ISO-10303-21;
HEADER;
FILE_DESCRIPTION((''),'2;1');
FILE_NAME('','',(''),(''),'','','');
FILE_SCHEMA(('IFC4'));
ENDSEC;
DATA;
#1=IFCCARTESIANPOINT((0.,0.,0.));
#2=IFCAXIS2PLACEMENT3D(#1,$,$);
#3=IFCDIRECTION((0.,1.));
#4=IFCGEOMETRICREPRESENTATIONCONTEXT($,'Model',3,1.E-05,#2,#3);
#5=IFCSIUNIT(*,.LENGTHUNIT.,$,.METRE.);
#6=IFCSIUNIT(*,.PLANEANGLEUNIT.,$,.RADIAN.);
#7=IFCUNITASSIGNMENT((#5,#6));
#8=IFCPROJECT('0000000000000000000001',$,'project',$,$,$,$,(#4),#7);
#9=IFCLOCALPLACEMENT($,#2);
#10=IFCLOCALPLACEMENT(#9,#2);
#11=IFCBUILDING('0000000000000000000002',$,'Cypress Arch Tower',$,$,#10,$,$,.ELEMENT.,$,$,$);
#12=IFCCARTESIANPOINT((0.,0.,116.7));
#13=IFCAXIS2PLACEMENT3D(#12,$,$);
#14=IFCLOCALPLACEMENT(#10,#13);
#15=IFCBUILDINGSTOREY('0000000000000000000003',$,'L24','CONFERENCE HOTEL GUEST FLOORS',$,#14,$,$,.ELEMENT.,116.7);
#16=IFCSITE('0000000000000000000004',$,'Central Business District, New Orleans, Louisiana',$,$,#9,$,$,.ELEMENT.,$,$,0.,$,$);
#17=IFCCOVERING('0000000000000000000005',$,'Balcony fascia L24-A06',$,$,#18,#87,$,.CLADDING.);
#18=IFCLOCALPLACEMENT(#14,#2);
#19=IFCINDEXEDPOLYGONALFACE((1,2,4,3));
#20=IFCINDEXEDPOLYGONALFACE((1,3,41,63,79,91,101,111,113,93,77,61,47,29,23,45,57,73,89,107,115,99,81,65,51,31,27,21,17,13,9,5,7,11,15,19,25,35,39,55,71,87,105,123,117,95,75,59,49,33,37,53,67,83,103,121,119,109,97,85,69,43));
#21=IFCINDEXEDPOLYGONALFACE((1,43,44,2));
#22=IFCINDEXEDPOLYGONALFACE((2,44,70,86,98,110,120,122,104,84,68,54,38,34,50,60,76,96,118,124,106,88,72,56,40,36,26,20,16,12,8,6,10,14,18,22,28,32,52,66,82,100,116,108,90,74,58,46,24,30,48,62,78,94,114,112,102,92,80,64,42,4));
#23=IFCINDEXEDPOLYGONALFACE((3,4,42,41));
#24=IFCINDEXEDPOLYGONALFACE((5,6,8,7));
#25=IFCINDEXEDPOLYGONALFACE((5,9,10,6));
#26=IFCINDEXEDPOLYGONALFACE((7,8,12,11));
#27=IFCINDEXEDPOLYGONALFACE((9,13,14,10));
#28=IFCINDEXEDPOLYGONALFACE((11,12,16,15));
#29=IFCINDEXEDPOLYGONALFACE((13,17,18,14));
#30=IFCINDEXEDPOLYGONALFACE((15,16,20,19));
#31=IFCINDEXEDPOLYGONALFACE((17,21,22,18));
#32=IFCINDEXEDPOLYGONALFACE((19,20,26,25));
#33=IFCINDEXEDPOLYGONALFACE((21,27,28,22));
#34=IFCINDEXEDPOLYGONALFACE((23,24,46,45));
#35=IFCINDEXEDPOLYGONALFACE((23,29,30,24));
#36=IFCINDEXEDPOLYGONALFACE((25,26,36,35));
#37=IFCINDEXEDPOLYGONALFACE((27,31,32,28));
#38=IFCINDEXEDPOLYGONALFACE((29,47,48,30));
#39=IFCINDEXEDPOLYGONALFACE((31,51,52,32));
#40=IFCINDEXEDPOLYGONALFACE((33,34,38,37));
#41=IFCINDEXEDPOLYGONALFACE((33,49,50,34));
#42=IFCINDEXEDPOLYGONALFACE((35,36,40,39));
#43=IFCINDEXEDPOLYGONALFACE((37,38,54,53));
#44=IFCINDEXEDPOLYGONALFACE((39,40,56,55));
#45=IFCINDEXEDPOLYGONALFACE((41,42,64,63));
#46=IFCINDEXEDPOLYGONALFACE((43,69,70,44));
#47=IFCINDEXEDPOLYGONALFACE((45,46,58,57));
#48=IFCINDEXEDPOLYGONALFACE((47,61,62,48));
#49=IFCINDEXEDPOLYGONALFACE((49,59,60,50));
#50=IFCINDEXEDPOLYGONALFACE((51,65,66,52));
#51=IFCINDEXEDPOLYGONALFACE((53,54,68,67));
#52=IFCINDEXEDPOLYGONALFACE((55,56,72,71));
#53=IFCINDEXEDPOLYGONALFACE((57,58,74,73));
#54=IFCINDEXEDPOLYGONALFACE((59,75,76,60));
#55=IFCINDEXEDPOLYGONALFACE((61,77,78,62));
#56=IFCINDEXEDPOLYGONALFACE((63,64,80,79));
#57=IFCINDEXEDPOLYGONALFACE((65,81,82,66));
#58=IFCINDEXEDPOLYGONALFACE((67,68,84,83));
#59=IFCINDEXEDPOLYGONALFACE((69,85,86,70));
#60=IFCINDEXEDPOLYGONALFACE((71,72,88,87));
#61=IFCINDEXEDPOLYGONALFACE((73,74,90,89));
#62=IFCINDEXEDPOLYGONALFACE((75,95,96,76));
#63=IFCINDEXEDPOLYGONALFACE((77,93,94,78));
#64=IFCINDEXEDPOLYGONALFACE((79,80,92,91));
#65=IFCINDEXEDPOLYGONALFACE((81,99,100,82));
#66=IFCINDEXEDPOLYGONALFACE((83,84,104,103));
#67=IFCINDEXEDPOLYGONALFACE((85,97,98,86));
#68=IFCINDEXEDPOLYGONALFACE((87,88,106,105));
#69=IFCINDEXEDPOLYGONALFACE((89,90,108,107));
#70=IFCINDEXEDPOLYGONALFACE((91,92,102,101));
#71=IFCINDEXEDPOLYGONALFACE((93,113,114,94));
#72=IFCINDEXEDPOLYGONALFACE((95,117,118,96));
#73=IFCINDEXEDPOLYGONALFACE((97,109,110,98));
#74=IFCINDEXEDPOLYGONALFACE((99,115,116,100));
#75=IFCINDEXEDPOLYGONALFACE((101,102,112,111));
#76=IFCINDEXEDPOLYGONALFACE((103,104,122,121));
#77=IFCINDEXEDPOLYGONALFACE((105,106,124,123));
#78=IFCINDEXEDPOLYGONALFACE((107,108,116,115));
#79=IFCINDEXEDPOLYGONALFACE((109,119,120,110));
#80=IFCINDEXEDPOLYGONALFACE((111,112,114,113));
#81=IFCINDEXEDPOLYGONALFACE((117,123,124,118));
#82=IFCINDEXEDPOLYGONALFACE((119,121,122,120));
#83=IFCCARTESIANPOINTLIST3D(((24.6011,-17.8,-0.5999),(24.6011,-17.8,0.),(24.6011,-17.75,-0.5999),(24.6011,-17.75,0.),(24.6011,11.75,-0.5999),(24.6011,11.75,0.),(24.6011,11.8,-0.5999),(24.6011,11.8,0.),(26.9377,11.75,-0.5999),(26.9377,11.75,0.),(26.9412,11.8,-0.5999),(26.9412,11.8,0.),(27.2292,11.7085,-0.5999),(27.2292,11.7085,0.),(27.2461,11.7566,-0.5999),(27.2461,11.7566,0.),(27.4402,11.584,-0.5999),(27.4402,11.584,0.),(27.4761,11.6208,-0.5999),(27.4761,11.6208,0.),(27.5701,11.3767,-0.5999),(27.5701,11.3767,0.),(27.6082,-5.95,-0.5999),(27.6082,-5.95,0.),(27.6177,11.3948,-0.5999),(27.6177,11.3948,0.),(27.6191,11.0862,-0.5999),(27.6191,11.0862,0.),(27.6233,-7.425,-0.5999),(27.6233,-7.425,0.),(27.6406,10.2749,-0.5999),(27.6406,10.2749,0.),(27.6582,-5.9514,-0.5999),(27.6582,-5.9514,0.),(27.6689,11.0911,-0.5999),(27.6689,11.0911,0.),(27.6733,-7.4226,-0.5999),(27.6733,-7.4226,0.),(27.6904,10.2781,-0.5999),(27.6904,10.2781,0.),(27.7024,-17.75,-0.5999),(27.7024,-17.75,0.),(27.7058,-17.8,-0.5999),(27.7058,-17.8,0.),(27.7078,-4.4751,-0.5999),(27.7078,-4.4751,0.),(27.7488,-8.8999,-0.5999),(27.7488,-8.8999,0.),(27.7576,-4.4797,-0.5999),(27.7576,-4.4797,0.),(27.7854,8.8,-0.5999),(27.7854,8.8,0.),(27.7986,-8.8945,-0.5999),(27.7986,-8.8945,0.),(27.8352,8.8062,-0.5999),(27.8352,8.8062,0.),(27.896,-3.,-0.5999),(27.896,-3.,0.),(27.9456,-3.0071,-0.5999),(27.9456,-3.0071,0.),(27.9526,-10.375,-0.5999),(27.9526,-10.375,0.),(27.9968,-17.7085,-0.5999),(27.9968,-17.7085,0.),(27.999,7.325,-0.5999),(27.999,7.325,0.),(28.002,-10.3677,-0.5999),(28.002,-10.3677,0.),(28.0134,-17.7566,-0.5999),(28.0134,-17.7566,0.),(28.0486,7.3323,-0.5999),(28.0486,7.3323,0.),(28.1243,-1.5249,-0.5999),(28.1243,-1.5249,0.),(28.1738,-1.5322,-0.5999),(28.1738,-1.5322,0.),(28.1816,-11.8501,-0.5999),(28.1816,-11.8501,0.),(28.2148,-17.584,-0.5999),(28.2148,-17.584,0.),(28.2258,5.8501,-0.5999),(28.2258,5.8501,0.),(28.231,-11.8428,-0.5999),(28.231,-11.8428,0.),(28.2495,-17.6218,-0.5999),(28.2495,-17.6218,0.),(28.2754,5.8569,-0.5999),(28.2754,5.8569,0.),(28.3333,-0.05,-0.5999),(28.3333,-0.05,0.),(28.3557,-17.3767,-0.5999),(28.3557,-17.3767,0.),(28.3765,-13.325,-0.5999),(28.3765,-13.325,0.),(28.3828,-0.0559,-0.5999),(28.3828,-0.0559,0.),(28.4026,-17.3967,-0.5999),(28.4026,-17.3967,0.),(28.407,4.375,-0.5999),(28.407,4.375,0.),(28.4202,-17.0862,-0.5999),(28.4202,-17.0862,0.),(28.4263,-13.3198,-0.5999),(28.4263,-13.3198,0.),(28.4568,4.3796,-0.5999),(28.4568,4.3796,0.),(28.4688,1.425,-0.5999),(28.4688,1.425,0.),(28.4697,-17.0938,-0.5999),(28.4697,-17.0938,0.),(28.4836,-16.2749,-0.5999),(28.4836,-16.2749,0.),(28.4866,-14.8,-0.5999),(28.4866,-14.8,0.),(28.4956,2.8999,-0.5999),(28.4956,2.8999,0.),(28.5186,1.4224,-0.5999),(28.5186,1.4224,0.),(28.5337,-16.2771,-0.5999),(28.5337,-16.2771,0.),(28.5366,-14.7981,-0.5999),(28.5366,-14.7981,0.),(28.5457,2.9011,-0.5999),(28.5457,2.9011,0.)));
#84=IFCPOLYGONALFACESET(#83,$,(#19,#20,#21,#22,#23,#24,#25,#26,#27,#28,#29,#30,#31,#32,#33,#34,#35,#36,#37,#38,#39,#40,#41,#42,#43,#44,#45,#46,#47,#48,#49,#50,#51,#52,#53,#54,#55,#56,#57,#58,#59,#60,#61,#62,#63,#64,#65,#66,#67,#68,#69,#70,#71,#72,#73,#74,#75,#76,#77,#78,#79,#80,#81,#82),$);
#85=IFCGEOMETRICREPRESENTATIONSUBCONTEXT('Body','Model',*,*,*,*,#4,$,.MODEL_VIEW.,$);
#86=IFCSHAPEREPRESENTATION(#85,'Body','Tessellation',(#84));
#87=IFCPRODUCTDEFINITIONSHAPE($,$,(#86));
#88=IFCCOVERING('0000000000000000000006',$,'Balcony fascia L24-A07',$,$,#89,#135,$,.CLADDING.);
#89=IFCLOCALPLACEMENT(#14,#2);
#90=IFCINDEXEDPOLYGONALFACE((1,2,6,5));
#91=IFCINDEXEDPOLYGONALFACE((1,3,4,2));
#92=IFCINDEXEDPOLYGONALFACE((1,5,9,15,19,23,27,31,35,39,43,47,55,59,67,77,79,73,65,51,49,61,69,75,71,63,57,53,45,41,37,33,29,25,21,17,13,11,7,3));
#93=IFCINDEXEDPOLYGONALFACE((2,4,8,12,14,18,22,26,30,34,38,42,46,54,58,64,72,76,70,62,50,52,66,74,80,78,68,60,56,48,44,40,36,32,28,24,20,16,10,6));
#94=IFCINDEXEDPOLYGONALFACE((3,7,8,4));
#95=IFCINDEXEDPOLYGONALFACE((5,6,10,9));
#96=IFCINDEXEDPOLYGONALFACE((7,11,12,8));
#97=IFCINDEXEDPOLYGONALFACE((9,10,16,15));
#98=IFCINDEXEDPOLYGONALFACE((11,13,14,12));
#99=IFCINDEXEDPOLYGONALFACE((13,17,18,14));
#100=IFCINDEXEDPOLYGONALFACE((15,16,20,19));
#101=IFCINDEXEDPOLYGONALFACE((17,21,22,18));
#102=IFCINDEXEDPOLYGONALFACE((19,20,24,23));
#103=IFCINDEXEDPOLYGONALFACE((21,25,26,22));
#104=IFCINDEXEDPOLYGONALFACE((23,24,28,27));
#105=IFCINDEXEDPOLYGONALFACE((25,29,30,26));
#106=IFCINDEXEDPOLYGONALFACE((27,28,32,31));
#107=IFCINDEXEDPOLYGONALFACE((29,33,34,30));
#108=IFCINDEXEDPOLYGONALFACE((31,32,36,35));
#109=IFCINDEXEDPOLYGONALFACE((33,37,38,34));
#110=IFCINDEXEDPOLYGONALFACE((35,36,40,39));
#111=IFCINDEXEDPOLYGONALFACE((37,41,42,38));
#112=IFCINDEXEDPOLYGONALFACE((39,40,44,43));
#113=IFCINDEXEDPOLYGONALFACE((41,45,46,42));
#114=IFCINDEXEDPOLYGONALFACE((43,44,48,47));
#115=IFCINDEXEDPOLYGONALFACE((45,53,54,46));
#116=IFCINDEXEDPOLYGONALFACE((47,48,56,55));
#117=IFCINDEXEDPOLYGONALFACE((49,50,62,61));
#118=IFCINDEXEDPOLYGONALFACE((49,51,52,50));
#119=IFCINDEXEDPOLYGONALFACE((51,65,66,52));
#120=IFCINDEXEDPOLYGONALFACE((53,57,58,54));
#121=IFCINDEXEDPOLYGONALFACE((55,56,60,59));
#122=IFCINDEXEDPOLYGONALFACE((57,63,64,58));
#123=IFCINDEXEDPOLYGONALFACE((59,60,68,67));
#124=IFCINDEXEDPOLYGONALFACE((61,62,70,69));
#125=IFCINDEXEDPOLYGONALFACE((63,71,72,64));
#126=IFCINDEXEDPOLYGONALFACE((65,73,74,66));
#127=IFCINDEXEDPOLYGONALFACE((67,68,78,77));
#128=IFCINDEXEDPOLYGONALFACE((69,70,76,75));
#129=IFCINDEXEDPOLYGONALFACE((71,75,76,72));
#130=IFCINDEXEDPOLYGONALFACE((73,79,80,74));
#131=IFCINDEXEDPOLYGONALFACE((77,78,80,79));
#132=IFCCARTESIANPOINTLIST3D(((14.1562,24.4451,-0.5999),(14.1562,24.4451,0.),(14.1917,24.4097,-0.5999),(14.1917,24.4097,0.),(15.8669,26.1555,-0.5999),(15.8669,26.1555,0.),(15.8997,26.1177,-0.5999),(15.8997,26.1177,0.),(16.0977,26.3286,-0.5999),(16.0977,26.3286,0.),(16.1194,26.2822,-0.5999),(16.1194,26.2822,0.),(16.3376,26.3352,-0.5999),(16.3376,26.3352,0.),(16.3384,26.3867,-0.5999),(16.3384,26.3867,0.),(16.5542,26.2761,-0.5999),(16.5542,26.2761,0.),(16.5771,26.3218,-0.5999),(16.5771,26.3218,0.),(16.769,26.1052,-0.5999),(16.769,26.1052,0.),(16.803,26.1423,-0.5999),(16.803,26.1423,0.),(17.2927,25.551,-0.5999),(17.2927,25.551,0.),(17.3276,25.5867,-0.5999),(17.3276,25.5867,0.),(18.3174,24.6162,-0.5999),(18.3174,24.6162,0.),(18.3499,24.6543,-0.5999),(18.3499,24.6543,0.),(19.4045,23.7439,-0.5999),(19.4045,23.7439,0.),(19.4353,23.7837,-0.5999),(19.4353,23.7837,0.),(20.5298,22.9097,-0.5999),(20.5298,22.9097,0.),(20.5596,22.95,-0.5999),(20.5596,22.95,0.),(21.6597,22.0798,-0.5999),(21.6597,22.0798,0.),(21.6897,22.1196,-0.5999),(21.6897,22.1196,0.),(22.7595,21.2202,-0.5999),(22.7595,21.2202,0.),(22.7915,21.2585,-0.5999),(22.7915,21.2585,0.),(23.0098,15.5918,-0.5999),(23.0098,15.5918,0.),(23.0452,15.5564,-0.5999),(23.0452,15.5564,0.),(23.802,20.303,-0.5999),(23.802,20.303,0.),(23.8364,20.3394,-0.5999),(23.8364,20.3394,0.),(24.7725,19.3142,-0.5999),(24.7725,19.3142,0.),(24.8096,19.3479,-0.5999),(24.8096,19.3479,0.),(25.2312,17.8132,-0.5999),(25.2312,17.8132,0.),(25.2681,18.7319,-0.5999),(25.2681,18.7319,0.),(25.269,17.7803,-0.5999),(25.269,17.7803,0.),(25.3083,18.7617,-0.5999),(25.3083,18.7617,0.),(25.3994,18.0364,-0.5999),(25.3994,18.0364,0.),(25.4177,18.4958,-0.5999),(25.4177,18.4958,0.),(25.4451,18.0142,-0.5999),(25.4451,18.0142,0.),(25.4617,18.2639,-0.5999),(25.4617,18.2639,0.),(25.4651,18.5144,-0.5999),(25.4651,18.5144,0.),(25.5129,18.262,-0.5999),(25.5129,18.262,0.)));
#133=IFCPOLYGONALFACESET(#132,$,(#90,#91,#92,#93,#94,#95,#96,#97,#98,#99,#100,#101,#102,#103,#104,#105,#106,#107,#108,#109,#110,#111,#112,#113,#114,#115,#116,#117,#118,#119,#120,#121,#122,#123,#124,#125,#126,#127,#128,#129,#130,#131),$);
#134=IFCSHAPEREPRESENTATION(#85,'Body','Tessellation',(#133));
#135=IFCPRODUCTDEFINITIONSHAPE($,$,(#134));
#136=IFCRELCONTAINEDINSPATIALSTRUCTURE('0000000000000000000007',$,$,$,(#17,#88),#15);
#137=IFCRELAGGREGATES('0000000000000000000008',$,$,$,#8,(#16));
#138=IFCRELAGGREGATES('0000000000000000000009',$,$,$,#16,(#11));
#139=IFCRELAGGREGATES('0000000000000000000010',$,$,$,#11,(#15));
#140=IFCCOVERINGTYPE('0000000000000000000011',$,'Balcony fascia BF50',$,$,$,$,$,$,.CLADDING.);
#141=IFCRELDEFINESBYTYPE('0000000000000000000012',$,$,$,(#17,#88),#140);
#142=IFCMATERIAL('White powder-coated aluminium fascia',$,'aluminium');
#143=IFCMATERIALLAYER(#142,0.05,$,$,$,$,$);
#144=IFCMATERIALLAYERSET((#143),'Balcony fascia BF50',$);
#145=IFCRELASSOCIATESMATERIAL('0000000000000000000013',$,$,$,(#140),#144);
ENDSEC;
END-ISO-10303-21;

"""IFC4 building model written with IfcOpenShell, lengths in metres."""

from ifc_helpers import new_model, si_unit, direction, frame, origin, place, context, subcontext, project, spatial, polyline, outline, extrude, material, layer, layer_set, type_object, element, save


model = new_model("IFC4")

# Units and contexts
model_context = context("Model", 3, precision=1e-05, world=origin(), true_north=direction((0.0, 1.0)))
body_context = subcontext(model_context, "Body", "Model", "MODEL_VIEW")
ifc_project = project(units=[si_unit("LENGTHUNIT", "METRE"), si_unit("PLANEANGLEUNIT", "RADIAN")], contexts=[model_context])

# Site, building, storey
site_placement = place(None, origin())
site = spatial("IfcSite", under=ifc_project, at=site_placement, Name="Central Business District, New Orleans, Louisiana", CompositionType="ELEMENT", RefElevation=0.0)
building_placement = place(site_placement, origin())
building = spatial("IfcBuilding", under=site, at=building_placement, Name="Cypress Arch Tower", CompositionType="ELEMENT")
storey_placement = place(building_placement, frame((0.0, 0.0, 116.7)))
storey = spatial("IfcBuildingStorey", under=building, at=storey_placement, Name="L24", Description="CONFERENCE HOTEL GUEST FLOORS", CompositionType="ELEMENT", Elevation=116.7)

# Coverings
ifc_material_1 = material(Name="White powder-coated aluminium fascia", Category="aluminium")
ifc_layer_1 = layer(ifc_material_1, 0.05)
ifc_layer_set_1 = layer_set([ifc_layer_1], Name="Balcony fascia BF50")
covering_type_1 = type_object("IfcCoveringType", Name="Balcony fascia BF50", PredefinedType="CLADDING", material=ifc_layer_set_1)
covering_1_placement = place(storey_placement, frame((0.0, 0.0, -0.5999)))
element("IfcCovering", 1, at=covering_1_placement, inside=storey, type_object=covering_type_1, Name="Balcony fascia L24-A06", PredefinedType="CLADDING", context=body_context, shape_type="SweptSolid", body=[
    extrude(outline(polyline([(26.9412, 11.8), (27.2461, 11.7566), (27.4761, 11.6208), (27.6177, 11.3948), (27.6689, 11.0911), (27.6904, 10.2781), (27.8352, 8.8062), (28.0486, 7.3323), (28.2754, 5.8569), (28.4568, 4.3796), (28.5457, 2.9011), (28.5186, 1.4224), (28.3828, -0.0559), (28.1738, -1.5322), (27.9456, -3.0071), (27.7576, -4.4797), (27.6582, -5.9514), (27.6733, -7.4226), (27.7986, -8.8945), (28.002, -10.3677), (28.231, -11.8428), (28.4263, -13.3198), (28.5366, -14.7981), (28.5337, -16.2771), (28.4697, -17.0938), (28.4026, -17.3967), (28.2495, -17.6218), (28.0134, -17.7566), (27.7058, -17.8), (24.6011, -17.8), (24.6011, -17.75), (27.7024, -17.75), (27.9968, -17.7085), (28.2148, -17.584), (28.3557, -17.3767), (28.4202, -17.0862), (28.4836, -16.2749), (28.4866, -14.8), (28.3765, -13.325), (28.1816, -11.8501), (27.9526, -10.375), (27.7488, -8.8999), (27.6233, -7.425), (27.6082, -5.95), (27.7078, -4.4751), (27.896, -3.0), (28.1243, -1.5249), (28.3333, -0.05), (28.4688, 1.425), (28.4956, 2.8999), (28.407, 4.375), (28.2258, 5.8501), (27.999, 7.325), (27.7854, 8.8), (27.6406, 10.2749), (27.6191, 11.0862), (27.5701, 11.3767), (27.4402, 11.584), (27.2292, 11.7085), (26.9377, 11.75), (24.6011, 11.75), (24.6011, 11.8), (26.9412, 11.8)])), origin(), (0.0, 0.0, 1.0), 0.5999),
])
covering_2_placement = place(storey_placement, frame((0.0, 0.0, -0.5999)))
element("IfcCovering", 2, at=covering_2_placement, inside=storey, type_object=covering_type_1, Name="Balcony fascia L24-A07", PredefinedType="CLADDING", context=body_context, shape_type="SweptSolid", body=[
    extrude(outline(polyline([(15.8669, 26.1555), (16.0977, 26.3286), (16.3384, 26.3867), (16.5771, 26.3218), (16.803, 26.1423), (17.3276, 25.5867), (18.3499, 24.6543), (19.4353, 23.7837), (20.5596, 22.95), (21.6897, 22.1196), (22.7915, 21.2585), (23.8364, 20.3394), (24.8096, 19.3479), (25.3083, 18.7617), (25.4651, 18.5144), (25.5129, 18.262), (25.4451, 18.0142), (25.269, 17.7803), (23.0452, 15.5564), (23.0098, 15.5918), (25.2312, 17.8132), (25.3994, 18.0364), (25.4617, 18.2639), (25.4177, 18.4958), (25.2681, 18.7319), (24.7725, 19.3142), (23.802, 20.303), (22.7595, 21.2202), (21.6597, 22.0798), (20.5298, 22.9097), (19.4045, 23.7439), (18.3174, 24.6162), (17.2927, 25.551), (16.769, 26.1052), (16.5542, 26.2761), (16.3376, 26.3352), (16.1194, 26.2822), (15.8997, 26.1177), (14.1917, 24.4097), (14.1562, 24.4451), (15.8669, 26.1555)])), origin(), (0.0, 0.0, 1.0), 0.5999),
])

save(model, "model.ifc")
